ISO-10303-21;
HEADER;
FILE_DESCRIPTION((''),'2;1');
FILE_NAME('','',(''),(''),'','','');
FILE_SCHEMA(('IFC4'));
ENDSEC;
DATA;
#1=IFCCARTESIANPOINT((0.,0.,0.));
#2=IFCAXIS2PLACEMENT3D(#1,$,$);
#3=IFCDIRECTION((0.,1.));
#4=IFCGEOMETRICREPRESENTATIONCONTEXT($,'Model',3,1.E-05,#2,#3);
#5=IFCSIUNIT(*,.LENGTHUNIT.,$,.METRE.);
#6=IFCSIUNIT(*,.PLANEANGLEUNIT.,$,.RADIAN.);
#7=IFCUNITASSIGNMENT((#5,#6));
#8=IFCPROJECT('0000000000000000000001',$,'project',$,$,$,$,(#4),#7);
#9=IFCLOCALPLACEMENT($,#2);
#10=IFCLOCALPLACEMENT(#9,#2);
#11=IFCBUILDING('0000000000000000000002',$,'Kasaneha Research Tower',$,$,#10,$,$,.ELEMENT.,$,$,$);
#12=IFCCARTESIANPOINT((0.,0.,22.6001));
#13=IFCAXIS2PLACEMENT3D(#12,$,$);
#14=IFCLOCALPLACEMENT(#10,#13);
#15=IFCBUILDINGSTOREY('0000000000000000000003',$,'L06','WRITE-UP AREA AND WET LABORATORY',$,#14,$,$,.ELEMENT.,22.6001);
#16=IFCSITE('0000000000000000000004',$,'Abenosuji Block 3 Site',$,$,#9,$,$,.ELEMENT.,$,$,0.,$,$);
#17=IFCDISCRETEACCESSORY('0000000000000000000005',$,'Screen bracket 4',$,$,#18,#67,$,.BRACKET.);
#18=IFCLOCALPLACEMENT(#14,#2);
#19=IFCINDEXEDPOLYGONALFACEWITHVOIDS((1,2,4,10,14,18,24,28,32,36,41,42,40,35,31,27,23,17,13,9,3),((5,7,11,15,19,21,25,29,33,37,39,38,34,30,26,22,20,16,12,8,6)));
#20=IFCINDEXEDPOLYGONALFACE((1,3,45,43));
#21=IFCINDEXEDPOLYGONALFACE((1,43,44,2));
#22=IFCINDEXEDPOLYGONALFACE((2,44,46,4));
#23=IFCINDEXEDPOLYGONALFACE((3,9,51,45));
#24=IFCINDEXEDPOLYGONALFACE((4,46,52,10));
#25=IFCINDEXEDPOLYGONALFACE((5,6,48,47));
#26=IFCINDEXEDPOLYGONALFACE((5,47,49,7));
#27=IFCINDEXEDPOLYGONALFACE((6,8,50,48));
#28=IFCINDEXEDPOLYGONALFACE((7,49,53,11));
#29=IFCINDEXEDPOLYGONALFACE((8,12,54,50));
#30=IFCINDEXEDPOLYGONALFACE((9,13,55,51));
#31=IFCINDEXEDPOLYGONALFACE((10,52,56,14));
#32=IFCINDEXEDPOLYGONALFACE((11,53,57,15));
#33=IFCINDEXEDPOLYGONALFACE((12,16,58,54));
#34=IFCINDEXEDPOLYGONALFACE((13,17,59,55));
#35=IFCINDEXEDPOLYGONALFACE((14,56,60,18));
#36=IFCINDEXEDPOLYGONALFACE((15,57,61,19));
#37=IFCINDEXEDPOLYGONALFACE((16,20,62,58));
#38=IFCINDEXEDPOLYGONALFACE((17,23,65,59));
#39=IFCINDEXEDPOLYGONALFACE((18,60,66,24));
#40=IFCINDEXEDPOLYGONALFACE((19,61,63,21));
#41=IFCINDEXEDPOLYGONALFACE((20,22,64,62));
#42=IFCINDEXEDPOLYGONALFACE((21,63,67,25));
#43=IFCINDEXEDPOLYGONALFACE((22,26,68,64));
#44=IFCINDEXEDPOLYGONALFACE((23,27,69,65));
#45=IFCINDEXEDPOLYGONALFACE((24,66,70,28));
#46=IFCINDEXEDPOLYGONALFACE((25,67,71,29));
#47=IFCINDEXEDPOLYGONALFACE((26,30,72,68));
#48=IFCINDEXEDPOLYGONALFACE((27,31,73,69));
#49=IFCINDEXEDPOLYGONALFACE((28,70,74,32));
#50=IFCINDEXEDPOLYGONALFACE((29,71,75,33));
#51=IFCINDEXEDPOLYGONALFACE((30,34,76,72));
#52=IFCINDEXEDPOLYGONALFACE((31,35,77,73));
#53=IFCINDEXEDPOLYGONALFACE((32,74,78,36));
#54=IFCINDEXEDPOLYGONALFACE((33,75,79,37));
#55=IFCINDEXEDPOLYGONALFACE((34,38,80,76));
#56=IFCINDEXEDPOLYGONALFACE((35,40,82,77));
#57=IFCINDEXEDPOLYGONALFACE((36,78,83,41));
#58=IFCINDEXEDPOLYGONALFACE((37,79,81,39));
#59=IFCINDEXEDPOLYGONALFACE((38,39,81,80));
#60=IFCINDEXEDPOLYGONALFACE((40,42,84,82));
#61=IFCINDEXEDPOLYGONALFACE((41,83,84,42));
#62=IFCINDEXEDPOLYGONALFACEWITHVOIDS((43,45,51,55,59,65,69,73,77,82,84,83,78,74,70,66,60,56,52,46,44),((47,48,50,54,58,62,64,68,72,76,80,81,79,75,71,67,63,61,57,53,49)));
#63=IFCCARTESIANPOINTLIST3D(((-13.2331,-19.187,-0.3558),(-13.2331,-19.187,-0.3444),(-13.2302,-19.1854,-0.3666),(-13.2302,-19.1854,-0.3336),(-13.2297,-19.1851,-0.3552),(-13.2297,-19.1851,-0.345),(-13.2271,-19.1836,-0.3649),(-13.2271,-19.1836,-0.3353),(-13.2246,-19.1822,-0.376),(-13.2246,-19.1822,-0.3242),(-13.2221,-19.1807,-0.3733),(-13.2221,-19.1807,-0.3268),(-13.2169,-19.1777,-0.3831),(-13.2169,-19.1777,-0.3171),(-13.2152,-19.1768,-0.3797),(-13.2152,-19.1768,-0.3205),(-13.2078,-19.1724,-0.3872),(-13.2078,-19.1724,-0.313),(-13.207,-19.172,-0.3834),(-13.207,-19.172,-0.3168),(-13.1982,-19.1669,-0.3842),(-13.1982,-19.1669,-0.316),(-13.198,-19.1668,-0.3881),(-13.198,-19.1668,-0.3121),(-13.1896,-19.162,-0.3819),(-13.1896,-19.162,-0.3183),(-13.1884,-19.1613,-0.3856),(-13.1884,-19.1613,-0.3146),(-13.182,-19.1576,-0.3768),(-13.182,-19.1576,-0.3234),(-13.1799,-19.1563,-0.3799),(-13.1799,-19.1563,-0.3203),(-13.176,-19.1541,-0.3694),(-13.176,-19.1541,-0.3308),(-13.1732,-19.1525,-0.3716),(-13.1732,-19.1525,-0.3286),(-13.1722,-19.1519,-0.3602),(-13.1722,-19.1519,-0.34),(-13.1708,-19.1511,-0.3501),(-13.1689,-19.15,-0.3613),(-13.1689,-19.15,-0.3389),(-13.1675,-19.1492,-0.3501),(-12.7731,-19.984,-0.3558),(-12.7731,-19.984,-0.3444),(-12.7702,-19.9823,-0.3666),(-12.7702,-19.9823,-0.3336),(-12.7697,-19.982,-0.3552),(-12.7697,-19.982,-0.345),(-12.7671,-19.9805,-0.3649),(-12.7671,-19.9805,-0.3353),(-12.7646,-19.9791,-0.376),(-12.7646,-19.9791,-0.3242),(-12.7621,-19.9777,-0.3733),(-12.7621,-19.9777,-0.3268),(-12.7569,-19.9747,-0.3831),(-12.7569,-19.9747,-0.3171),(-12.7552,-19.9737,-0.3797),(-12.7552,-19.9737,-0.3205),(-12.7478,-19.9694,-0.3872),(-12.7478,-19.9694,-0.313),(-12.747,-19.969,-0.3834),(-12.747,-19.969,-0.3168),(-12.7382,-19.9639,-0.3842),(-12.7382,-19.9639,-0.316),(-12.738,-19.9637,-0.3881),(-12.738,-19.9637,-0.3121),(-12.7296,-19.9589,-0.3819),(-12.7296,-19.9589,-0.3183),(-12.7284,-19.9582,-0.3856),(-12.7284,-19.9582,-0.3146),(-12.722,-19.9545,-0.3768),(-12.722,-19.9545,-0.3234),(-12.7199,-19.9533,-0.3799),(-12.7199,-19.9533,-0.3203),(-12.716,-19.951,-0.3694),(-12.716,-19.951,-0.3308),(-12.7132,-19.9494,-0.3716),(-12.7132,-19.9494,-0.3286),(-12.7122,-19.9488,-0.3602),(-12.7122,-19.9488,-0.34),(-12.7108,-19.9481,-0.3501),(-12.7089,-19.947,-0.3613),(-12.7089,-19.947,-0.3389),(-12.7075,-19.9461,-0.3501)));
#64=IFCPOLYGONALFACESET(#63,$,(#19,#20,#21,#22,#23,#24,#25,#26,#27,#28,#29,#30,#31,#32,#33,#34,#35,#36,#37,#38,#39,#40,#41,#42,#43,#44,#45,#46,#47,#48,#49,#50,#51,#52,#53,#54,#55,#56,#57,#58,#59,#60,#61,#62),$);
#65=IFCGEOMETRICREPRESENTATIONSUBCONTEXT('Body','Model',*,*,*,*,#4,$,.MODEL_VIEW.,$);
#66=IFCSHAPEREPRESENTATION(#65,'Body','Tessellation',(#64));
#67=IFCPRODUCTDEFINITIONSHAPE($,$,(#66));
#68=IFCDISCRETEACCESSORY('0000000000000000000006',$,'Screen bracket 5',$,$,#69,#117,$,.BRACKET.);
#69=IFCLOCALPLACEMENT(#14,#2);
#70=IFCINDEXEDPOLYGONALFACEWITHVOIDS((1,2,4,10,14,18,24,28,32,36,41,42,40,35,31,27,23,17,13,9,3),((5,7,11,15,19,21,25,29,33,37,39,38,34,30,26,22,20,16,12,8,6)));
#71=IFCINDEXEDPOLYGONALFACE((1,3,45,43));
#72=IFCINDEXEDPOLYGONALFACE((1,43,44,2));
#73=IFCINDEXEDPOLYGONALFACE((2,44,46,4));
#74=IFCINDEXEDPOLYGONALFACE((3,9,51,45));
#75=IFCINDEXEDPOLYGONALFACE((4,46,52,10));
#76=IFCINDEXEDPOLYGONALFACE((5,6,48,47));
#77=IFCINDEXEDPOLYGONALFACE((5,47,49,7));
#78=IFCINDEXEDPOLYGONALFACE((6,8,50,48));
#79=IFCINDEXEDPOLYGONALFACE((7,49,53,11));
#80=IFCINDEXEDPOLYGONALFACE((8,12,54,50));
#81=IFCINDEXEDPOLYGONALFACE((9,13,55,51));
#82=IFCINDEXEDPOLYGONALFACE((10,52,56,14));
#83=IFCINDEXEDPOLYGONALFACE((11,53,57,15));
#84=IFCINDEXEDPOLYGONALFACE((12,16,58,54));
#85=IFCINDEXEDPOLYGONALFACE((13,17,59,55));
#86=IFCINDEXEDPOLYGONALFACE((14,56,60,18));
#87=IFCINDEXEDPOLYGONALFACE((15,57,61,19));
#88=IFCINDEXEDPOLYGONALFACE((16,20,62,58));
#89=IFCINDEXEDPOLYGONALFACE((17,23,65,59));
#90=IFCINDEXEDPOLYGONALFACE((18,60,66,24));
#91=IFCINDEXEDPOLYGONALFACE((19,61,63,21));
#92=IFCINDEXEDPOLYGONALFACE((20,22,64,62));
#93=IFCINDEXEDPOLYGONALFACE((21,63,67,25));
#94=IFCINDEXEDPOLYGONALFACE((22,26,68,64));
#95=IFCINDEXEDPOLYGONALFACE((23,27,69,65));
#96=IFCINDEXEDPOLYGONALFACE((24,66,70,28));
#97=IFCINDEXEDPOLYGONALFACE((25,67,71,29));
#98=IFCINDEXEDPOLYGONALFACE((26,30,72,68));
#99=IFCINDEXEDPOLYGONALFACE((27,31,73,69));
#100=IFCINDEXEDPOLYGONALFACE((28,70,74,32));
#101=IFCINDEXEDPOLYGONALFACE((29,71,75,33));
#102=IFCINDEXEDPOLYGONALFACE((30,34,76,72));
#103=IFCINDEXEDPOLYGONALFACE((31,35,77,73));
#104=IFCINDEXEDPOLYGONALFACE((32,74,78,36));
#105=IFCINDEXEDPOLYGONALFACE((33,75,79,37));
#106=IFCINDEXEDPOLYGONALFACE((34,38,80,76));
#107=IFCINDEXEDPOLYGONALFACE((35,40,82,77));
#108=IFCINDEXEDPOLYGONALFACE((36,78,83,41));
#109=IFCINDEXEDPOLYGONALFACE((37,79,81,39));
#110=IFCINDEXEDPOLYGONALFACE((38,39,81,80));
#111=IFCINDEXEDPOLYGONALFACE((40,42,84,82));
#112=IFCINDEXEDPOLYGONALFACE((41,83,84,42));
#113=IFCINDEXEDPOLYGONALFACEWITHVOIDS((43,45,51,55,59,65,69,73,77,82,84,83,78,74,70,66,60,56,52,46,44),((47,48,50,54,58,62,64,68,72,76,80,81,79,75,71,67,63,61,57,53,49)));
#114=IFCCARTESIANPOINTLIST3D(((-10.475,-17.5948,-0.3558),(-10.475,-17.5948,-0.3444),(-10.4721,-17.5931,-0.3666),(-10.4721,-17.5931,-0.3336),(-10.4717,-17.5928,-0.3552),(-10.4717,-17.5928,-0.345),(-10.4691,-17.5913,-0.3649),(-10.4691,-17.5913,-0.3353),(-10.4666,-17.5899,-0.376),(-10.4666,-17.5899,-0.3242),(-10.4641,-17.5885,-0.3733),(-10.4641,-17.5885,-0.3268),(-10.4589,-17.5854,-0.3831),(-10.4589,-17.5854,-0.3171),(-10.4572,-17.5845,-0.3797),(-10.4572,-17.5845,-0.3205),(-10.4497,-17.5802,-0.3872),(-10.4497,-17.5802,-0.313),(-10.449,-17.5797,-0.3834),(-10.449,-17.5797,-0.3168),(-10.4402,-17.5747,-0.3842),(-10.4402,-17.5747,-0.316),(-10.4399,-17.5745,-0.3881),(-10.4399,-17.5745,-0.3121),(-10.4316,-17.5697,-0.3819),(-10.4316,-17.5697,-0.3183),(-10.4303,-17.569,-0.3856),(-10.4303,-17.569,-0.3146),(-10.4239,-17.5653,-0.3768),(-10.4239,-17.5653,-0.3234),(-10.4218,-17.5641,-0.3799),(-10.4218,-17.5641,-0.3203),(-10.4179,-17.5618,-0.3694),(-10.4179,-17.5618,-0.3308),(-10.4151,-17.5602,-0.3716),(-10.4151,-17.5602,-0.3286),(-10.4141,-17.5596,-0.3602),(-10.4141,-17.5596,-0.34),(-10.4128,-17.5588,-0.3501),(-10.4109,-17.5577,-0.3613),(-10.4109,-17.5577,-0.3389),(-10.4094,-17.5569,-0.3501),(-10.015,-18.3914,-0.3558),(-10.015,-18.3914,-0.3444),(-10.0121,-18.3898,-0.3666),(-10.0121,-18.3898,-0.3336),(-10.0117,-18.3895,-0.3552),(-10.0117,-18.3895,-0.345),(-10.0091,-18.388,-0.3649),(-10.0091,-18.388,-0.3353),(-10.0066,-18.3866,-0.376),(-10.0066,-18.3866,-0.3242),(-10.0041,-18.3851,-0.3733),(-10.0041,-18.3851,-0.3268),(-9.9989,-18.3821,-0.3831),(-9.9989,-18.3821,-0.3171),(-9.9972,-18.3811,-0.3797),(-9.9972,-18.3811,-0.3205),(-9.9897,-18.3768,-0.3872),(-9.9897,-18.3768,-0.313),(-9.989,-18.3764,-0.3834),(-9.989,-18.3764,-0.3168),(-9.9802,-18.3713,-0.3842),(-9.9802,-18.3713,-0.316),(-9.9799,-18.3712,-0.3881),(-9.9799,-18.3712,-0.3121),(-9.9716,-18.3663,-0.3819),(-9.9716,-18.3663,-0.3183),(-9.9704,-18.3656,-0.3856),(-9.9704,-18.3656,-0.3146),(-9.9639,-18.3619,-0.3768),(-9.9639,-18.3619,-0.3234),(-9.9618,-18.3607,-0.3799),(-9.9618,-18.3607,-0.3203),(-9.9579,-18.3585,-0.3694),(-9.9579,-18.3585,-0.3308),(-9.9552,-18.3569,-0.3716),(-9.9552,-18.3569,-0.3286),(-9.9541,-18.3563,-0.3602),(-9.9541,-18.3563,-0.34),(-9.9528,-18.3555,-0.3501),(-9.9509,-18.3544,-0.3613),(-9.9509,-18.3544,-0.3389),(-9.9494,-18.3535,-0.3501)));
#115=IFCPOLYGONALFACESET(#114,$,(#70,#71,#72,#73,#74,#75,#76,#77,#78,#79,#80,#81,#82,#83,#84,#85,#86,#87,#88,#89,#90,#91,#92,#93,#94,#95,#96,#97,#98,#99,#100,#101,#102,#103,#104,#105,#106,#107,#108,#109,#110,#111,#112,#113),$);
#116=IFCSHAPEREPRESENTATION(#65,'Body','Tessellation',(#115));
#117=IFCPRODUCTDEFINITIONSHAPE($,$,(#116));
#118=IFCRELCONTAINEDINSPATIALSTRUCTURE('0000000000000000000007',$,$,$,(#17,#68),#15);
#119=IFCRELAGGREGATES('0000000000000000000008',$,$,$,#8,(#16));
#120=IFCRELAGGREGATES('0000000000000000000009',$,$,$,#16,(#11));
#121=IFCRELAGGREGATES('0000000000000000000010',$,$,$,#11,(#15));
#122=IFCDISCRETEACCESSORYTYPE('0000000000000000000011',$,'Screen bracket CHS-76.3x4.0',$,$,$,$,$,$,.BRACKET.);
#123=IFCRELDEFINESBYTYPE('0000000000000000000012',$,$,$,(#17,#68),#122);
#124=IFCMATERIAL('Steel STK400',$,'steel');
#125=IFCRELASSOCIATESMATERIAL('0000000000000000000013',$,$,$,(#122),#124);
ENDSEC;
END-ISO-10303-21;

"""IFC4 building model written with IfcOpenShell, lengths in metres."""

from ifc_helpers import new_model, si_unit, direction, frame, origin, origin_2d, place, context, subcontext, project, spatial, hollow_circle, extrude, material, material_profile, profile_set, type_object, element, save


model = new_model("IFC4")

# Units and contexts
model_context = context("Model", 3, precision=1e-05, world=origin(), true_north=direction((0.0, 1.0)))
body_context = subcontext(model_context, "Body", "Model", "MODEL_VIEW")
ifc_project = project(units=[si_unit("LENGTHUNIT", "METRE"), si_unit("PLANEANGLEUNIT", "RADIAN")], contexts=[model_context])

# Site, building, storey
site_placement = place(None, origin())
site = spatial("IfcSite", under=ifc_project, at=site_placement, Name="Abenosuji Block 3 Site", CompositionType="ELEMENT", RefElevation=0.0)
building_placement = place(site_placement, origin())
building = spatial("IfcBuilding", under=site, at=building_placement, Name="Kasaneha Research Tower", CompositionType="ELEMENT")
storey_placement = place(building_placement, frame((0.0, 0.0, 22.6001)))
storey = spatial("IfcBuildingStorey", under=building, at=storey_placement, Name="L06", Description="WRITE-UP AREA AND WET LABORATORY", CompositionType="ELEMENT", Elevation=22.6001)

# Discrete accessories
ifc_material_1 = material(Name="Steel STK400", Category="steel")
ifc_material_profile_1 = material_profile(ifc_material_1, hollow_circle(Radius=0.0381, WallThickness=0.0039, at=origin_2d()), Name="CHS-76.3x4.0")
ifc_profile_set_1 = profile_set([ifc_material_profile_1], Name="Steel STK400")
discrete_accessory_type = type_object("IfcDiscreteAccessoryType", Name="Screen bracket CHS-76.3x4.0", PredefinedType="BRACKET", material=ifc_profile_set_1)
discrete_accessory_1_placement = place(storey_placement, frame((-13.2004, -19.1682, -0.3501), z_axis=(0.499906, -0.86608, 0.0), x_axis=(0.86608, 0.499906, 0.0)))
element("IfcDiscreteAccessory", 1, at=discrete_accessory_1_placement, inside=storey, type_object=discrete_accessory_type, Name="Screen bracket 4", PredefinedType="BRACKET", context=body_context, shape_type="SweptSolid", body=[
    extrude(hollow_circle(Radius=0.0381, WallThickness=0.0039, at=origin_2d()), origin(), (0.0, 0.0, 1.0), 0.9202),
])
discrete_accessory_2_placement = place(storey_placement, frame((-10.4424, -17.5759, -0.3501), z_axis=(0.500021, -0.866013, 0.0), x_axis=(0.866013, 0.500021, 0.0)))
element("IfcDiscreteAccessory", 2, at=discrete_accessory_2_placement, inside=storey, type_object=discrete_accessory_type, Name="Screen bracket 5", PredefinedType="BRACKET", context=body_context, shape_type="SweptSolid", body=[
    extrude(hollow_circle(Radius=0.0381, WallThickness=0.0039, at=origin_2d()), origin(), (0.0, 0.0, 1.0), 0.9199),
])

save(model, "model.ifc")
